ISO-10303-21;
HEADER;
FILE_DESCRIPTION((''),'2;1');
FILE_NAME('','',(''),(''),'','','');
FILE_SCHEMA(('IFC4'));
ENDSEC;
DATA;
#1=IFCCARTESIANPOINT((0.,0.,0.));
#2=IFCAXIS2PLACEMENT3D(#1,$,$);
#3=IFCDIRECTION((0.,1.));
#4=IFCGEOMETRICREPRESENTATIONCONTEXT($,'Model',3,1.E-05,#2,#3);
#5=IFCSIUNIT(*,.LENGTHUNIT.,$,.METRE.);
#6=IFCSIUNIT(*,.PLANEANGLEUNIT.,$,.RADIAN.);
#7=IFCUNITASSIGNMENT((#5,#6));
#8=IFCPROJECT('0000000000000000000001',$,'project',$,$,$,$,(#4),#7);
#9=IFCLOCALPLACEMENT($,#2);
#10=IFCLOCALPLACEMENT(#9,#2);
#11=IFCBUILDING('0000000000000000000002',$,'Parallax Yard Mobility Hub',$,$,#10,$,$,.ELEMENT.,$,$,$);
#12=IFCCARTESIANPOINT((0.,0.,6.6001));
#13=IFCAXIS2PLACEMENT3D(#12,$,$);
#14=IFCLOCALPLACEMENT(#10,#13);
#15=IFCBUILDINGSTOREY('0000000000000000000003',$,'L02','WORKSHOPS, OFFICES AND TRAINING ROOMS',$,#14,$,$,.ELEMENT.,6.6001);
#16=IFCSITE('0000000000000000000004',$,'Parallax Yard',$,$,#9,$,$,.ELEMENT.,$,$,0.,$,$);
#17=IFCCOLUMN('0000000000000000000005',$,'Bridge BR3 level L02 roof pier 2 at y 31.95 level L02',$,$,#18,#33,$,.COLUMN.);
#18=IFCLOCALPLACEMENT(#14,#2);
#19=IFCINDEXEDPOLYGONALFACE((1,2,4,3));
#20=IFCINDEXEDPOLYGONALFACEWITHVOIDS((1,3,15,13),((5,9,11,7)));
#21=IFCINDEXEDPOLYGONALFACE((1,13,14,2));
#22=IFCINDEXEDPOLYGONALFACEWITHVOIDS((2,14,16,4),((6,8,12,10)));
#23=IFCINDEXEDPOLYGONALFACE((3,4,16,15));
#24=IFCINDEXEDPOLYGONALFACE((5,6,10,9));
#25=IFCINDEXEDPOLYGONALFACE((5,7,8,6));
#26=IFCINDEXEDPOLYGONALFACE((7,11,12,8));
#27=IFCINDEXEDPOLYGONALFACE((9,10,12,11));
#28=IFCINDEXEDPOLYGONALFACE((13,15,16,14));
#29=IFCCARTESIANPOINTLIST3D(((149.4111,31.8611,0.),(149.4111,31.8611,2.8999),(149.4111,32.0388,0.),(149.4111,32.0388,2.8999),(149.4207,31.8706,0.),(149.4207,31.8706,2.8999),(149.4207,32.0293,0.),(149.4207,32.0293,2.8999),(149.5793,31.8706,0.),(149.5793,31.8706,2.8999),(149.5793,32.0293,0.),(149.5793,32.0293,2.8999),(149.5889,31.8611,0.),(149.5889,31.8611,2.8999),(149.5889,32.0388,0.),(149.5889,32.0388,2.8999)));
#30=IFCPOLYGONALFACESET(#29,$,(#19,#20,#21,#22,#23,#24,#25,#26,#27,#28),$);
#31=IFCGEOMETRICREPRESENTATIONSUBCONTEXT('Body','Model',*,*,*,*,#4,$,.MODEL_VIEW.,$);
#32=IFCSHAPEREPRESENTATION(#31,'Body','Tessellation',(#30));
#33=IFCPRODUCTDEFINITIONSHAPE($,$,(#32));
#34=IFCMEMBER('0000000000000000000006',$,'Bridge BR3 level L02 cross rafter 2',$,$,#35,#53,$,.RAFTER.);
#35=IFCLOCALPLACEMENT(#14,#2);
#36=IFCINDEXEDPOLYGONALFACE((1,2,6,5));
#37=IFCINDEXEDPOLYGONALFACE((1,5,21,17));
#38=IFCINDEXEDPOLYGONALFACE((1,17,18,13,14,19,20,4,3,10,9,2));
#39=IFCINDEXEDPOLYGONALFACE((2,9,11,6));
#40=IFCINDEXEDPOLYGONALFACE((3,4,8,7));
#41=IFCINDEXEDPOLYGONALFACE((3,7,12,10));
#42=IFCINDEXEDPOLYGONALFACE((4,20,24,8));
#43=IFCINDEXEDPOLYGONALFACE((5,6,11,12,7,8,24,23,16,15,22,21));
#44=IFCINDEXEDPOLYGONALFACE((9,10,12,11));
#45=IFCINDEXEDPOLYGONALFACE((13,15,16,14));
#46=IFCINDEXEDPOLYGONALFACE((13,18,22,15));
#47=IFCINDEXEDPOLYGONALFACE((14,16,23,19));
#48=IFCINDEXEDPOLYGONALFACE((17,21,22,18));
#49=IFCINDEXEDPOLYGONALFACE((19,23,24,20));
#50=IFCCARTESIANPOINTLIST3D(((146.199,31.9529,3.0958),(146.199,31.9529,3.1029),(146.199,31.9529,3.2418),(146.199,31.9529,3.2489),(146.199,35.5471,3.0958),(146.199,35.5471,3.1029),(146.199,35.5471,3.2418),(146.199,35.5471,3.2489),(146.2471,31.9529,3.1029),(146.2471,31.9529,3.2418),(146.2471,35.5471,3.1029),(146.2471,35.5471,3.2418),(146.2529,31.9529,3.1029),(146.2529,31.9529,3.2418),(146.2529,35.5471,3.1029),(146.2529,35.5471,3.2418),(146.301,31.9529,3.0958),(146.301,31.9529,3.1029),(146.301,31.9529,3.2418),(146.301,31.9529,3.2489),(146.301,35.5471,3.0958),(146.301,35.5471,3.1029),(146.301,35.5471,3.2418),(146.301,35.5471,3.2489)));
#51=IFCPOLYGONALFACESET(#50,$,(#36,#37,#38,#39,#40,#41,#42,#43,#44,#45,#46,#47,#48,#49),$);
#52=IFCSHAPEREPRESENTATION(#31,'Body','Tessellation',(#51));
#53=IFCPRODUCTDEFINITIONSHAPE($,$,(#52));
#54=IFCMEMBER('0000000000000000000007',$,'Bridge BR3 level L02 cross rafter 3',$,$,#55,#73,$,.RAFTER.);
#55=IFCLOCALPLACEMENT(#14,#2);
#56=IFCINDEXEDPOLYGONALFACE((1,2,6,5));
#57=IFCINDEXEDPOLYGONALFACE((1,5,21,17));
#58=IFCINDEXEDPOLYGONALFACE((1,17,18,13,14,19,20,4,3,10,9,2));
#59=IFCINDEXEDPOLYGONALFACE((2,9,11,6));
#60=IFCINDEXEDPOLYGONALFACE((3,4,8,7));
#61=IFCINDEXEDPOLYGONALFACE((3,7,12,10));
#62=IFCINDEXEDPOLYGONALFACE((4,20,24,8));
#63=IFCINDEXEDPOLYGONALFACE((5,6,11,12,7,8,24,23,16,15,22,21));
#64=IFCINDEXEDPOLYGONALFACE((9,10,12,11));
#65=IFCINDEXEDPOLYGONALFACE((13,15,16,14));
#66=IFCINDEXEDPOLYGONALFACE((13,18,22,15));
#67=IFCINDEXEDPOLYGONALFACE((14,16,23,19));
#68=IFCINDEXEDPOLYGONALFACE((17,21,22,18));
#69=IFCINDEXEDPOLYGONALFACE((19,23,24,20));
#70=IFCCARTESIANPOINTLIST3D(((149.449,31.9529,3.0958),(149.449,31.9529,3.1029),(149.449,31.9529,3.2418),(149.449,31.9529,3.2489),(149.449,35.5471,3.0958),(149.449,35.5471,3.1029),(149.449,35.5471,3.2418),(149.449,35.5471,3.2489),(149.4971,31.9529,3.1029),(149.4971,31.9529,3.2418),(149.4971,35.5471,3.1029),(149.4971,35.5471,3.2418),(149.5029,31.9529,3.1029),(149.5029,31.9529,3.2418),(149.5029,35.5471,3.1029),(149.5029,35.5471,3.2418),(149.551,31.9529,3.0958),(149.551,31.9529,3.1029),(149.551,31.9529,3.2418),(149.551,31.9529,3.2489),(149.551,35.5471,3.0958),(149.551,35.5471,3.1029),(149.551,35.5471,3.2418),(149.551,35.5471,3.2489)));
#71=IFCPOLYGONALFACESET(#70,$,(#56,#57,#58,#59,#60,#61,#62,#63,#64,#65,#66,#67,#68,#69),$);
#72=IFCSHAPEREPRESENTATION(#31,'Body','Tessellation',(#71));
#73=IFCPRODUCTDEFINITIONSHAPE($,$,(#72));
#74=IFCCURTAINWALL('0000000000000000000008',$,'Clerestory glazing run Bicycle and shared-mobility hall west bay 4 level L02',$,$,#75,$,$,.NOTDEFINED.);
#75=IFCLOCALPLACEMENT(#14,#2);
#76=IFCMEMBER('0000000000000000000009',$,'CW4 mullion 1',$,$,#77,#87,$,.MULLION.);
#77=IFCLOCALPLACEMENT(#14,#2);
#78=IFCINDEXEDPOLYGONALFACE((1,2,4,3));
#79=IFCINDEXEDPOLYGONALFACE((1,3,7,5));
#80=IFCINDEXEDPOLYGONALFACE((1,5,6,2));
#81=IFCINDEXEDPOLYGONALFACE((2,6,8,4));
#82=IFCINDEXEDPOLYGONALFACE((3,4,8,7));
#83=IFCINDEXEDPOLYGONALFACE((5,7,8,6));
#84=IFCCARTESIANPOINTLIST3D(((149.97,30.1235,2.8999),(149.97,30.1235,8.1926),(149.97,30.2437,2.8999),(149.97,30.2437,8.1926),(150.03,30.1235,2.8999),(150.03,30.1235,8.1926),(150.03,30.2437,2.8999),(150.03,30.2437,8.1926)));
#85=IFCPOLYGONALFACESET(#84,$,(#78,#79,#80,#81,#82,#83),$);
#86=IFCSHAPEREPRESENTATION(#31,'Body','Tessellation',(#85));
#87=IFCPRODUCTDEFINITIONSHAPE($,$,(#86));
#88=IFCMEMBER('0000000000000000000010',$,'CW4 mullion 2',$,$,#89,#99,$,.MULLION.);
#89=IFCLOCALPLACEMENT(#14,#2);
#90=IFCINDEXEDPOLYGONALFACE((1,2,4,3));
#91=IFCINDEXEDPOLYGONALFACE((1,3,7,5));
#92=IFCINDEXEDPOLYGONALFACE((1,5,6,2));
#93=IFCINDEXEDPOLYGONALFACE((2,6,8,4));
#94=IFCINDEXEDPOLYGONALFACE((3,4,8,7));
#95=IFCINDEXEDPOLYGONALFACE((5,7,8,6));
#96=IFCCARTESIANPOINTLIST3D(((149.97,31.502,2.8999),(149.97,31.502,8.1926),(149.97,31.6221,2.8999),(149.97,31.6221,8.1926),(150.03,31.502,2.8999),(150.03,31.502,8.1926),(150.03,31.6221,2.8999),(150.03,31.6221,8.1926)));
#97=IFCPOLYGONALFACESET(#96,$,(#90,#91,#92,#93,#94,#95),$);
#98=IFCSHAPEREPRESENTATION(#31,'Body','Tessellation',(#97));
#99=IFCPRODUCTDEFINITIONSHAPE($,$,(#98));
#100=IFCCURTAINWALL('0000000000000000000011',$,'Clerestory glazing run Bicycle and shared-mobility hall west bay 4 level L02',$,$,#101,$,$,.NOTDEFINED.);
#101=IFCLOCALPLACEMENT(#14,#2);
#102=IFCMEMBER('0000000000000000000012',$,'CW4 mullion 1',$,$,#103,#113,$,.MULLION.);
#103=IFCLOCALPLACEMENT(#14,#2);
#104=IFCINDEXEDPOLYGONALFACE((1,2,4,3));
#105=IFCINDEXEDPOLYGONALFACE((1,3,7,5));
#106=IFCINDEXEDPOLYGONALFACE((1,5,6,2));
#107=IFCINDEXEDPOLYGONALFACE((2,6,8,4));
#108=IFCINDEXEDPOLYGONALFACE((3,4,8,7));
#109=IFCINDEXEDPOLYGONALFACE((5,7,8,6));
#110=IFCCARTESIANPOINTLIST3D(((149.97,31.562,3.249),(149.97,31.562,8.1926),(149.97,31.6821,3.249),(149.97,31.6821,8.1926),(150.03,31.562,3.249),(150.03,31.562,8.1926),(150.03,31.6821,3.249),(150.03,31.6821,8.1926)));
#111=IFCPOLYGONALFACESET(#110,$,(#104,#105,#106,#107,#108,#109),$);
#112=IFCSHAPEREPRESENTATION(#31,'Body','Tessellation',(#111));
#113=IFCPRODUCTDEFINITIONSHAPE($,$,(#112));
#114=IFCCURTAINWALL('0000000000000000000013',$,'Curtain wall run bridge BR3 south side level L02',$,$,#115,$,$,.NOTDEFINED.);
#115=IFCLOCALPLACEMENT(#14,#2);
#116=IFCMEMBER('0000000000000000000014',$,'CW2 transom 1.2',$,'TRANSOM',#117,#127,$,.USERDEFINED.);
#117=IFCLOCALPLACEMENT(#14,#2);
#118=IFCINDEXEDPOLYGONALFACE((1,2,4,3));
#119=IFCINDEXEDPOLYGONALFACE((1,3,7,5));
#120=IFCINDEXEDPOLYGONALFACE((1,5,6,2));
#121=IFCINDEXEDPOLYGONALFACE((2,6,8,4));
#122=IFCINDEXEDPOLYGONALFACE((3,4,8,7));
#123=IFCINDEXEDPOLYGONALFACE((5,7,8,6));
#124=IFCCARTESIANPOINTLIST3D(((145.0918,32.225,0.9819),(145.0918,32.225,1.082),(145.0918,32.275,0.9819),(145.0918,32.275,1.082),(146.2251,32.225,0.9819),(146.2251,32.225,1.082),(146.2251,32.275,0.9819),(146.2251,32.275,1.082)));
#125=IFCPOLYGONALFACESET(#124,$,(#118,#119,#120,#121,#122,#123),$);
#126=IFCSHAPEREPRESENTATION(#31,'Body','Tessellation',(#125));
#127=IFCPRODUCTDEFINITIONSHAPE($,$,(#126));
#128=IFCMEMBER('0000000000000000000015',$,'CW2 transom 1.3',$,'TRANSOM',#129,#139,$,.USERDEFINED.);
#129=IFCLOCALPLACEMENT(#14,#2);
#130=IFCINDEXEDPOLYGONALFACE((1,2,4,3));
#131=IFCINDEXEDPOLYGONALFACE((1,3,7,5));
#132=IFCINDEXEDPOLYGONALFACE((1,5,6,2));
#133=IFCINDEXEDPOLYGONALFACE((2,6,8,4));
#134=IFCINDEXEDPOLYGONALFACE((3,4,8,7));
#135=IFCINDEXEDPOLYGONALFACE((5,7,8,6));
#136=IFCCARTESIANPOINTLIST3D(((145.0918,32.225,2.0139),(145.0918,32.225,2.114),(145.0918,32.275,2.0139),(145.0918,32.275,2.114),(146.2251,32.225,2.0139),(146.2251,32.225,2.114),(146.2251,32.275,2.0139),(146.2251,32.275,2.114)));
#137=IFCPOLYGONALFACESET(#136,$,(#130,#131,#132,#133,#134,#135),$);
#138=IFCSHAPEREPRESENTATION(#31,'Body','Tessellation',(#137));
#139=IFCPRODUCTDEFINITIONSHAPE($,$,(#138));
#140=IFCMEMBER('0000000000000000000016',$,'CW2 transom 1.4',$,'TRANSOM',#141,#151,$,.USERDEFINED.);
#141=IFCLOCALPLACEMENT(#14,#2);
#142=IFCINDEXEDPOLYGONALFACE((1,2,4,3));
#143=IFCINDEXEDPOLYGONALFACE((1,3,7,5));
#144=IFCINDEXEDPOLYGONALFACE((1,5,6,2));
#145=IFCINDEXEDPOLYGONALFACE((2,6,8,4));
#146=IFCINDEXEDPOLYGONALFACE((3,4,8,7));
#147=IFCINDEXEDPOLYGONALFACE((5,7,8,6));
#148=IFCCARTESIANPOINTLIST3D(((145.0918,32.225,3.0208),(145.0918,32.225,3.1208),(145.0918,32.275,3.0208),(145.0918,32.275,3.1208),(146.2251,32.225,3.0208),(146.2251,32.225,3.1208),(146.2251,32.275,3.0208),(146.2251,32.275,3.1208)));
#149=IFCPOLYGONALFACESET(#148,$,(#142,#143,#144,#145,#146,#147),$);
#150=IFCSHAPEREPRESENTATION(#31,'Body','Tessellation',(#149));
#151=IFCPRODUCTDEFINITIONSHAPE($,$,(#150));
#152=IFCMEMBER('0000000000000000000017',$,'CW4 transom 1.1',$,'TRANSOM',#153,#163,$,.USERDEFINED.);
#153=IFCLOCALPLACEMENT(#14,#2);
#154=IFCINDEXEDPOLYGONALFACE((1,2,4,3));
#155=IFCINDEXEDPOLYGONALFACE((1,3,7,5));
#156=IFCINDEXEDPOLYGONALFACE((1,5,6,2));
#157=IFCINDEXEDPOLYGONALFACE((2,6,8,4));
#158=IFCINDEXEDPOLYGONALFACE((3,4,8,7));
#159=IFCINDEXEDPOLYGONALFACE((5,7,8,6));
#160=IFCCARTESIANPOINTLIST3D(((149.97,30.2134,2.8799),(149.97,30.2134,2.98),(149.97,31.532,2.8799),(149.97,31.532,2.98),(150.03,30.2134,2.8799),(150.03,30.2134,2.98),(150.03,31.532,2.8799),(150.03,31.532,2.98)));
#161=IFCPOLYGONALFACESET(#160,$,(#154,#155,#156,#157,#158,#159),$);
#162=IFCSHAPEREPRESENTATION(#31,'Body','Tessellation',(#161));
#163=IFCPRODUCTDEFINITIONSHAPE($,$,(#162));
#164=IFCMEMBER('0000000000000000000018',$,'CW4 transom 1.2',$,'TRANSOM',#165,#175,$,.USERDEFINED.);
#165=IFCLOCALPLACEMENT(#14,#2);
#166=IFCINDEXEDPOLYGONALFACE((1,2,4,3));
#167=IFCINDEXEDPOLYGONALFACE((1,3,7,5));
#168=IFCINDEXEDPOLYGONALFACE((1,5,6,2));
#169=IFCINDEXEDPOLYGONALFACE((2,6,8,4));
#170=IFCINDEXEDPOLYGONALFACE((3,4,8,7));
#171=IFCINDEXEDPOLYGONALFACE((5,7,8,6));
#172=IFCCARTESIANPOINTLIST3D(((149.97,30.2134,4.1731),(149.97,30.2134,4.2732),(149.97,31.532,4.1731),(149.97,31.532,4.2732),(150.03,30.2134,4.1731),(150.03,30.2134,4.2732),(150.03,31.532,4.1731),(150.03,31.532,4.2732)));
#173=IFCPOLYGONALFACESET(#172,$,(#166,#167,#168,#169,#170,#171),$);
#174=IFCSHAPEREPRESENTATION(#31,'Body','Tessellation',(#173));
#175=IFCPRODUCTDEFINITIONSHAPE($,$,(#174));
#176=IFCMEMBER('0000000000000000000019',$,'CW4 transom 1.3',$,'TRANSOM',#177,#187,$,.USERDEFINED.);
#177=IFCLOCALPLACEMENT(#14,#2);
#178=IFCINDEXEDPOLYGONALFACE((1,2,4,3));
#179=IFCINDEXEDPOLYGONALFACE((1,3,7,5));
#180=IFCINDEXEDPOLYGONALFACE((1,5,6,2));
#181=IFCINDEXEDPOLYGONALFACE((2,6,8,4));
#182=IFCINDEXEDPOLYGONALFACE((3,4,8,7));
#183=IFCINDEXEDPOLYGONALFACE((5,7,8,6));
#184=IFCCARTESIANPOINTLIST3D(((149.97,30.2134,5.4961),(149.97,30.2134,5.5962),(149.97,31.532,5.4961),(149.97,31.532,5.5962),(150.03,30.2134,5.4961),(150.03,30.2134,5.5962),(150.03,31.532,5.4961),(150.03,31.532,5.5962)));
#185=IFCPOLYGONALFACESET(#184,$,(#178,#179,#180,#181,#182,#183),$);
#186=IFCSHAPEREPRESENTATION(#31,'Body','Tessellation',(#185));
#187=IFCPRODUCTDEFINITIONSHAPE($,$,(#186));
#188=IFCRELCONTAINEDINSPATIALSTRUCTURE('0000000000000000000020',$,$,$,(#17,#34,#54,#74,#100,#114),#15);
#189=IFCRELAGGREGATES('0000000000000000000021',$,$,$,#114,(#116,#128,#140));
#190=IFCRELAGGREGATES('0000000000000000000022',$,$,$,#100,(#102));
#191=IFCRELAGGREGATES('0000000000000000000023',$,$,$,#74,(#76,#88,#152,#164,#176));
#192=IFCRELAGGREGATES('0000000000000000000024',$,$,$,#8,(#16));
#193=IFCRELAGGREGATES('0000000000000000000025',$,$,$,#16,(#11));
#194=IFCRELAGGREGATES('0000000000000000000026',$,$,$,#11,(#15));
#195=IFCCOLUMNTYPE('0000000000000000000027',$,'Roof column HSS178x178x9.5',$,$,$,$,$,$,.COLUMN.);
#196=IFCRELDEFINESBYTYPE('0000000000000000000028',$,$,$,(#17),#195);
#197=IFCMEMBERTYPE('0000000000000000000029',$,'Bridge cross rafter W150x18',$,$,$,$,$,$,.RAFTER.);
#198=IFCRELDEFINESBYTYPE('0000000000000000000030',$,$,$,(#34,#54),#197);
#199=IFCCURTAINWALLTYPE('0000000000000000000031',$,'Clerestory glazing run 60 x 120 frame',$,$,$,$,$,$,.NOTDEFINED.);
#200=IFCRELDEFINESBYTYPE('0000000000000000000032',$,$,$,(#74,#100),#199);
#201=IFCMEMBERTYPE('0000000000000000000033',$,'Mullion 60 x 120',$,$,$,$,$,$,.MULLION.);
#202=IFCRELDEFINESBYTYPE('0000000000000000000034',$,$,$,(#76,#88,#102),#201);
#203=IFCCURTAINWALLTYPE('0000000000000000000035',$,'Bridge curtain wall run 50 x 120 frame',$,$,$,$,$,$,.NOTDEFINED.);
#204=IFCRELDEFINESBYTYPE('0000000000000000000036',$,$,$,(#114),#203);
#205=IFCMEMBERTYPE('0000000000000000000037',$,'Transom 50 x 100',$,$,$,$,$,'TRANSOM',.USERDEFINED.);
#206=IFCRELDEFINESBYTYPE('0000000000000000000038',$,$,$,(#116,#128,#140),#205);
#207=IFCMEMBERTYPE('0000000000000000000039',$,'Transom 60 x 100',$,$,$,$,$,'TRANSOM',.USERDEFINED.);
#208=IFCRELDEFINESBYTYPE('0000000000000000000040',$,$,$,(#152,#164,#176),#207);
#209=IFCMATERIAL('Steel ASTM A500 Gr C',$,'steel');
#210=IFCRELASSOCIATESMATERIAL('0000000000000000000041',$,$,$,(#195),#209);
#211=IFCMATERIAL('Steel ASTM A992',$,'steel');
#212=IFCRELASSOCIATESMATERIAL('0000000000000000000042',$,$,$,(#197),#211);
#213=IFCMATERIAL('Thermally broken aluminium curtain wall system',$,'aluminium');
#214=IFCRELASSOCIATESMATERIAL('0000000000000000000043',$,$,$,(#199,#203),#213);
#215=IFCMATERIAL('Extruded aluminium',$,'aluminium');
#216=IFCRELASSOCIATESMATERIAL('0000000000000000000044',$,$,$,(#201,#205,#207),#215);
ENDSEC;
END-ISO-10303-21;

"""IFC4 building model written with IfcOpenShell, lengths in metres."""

from ifc_helpers import new_model, si_unit, direction, frame, origin, origin_2d, place, context, subcontext, project, spatial, rectangle, hollow_rectangle, i_section, extrude, material, material_profile, profile_set, type_object, element, aggregate, save


model = new_model("IFC4")

# Units and contexts
model_context = context("Model", 3, precision=1e-05, world=origin(), true_north=direction((0.0, 1.0)))
body_context = subcontext(model_context, "Body", "Model", "MODEL_VIEW")
ifc_project = project(units=[si_unit("LENGTHUNIT", "METRE"), si_unit("PLANEANGLEUNIT", "RADIAN")], contexts=[model_context])

# Site, building, storey
site_placement = place(None, origin())
site = spatial("IfcSite", under=ifc_project, at=site_placement, Name="Parallax Yard", CompositionType="ELEMENT", RefElevation=0.0)
building_placement = place(site_placement, origin())
building = spatial("IfcBuilding", under=site, at=building_placement, Name="Parallax Yard Mobility Hub", CompositionType="ELEMENT")
storey_placement = place(building_placement, frame((0.0, 0.0, 6.6001)))
storey = spatial("IfcBuildingStorey", under=building, at=storey_placement, Name="L02", Description="WORKSHOPS, OFFICES AND TRAINING ROOMS", CompositionType="ELEMENT", Elevation=6.6001)

# Column
ifc_material_1 = material(Name="Steel ASTM A500 Gr C", Category="steel")
ifc_material_profile_1 = material_profile(ifc_material_1, hollow_rectangle(XDim=0.1777, YDim=0.1777, WallThickness=0.0095, at=origin_2d()), Name="HSS178x178x9.5")
ifc_profile_set_1 = profile_set([ifc_material_profile_1], Name="Steel ASTM A500 Gr C")
column_type = type_object("IfcColumnType", Name="Roof column HSS178x178x9.5", PredefinedType="COLUMN", material=ifc_profile_set_1)
column_placement = place(storey_placement, frame((149.5, 31.95, 0.0), z_axis=(0.0, 0.0, 1.0), x_axis=(1.0, 0.0, 0.0)))
element("IfcColumn", 1, at=column_placement, inside=storey, type_object=column_type, Name="Bridge BR3 level L02 roof pier 2 at y 31.95 level L02", PredefinedType="COLUMN", context=body_context, shape_type="SweptSolid", body=[
    extrude(hollow_rectangle(XDim=0.1777, YDim=0.1777, WallThickness=0.0095, at=origin_2d()), origin(), (0.0, 0.0, 1.0), 2.8999),
])

# Members
ifc_material_2 = material(Name="Steel ASTM A992", Category="steel")
ifc_material_profile_2 = material_profile(ifc_material_2, i_section(OverallWidth=0.1021, OverallDepth=0.1531, WebThickness=0.0059, FlangeThickness=0.0071, at=origin_2d()), Name="W150x18")
ifc_profile_set_2 = profile_set([ifc_material_profile_2], Name="Steel ASTM A992")
member_type_1 = type_object("IfcMemberType", Name="Bridge cross rafter W150x18", PredefinedType="RAFTER", material=ifc_profile_set_2)
for number, where, z_axis, x_axis, name in (
    (2, (146.25, 31.9529, 3.1724), (0.0, 1.0, 0.0), (-1.0, 0.0, 0.0), "Bridge BR3 level L02 cross rafter 2"),
    (3, (149.5, 31.9529, 3.1724), (0.0, 1.0, 0.0), (-1.0, 0.0, 0.0), "Bridge BR3 level L02 cross rafter 3"),
):
    element("IfcMember", number, at=place(storey_placement, frame(where, z_axis=z_axis, x_axis=x_axis)), inside=storey, type_object=member_type_1, Name=name, PredefinedType="RAFTER", context=body_context, shape_type="SweptSolid", body=[
        extrude(i_section(OverallWidth=0.1021, OverallDepth=0.1531, WebThickness=0.0059, FlangeThickness=0.0071, at=origin_2d()), origin(), (0.0, 0.0, 1.0), 3.5942),
    ])

# Curtain wall, members
ifc_material_3 = material(Name="Thermally broken aluminium curtain wall system", Category="aluminium")
curtain_wall_type_1 = type_object("IfcCurtainWallType", Name="Clerestory glazing run 60 x 120 frame", PredefinedType="NOTDEFINED", material=ifc_material_3)
curtain_wall_1_placement = place(storey_placement, origin())
curtain_wall_1 = element("IfcCurtainWall", 4, at=curtain_wall_1_placement, inside=storey, type_object=curtain_wall_type_1, Name="Clerestory glazing run Bicycle and shared-mobility hall west bay 4 level L02", PredefinedType="NOTDEFINED")
ifc_material_4 = material(Name="Extruded aluminium", Category="aluminium")
ifc_material_profile_3 = material_profile(ifc_material_4, rectangle(XDim=0.0601, YDim=0.1201, at=origin_2d()), Name="Mullion 60 x 120")
ifc_profile_set_3 = profile_set([ifc_material_profile_3], Name="Extruded aluminium")
member_type_2 = type_object("IfcMemberType", Name="Mullion 60 x 120", PredefinedType="MULLION", material=ifc_profile_set_3)
member_1_placement = place(storey_placement, frame((150.0, 30.1836, 2.8999), z_axis=(0.0, 0.0, 1.0), x_axis=(-1.0, 0.0, 0.0)))
member_1 = element("IfcMember", 5, at=member_1_placement, type_object=member_type_2, Name="CW4 mullion 1", PredefinedType="MULLION", context=body_context, shape_type="SweptSolid", body=[
    extrude(rectangle(XDim=0.0601, YDim=0.1201, at=origin_2d()), origin(), (0.0, 0.0, 1.0), 5.2927),
])
member_2_placement = place(storey_placement, frame((150.0, 31.562, 2.8999), z_axis=(0.0, 0.0, 1.0), x_axis=(-1.0, 0.0, 0.0)))
member_2 = element("IfcMember", 6, at=member_2_placement, type_object=member_type_2, Name="CW4 mullion 2", PredefinedType="MULLION", context=body_context, shape_type="SweptSolid", body=[
    extrude(rectangle(XDim=0.0601, YDim=0.1201, at=origin_2d()), origin(), (0.0, 0.0, 1.0), 5.2927),
])

# Curtain wall, member
curtain_wall_2_placement = place(storey_placement, origin())
curtain_wall_2 = element("IfcCurtainWall", 7, at=curtain_wall_2_placement, inside=storey, type_object=curtain_wall_type_1, Name="Clerestory glazing run Bicycle and shared-mobility hall west bay 4 level L02", PredefinedType="NOTDEFINED")
member_3_placement = place(storey_placement, frame((150.0, 31.6221, 3.249), z_axis=(0.0, 0.0, 1.0), x_axis=(-1.0, 0.0, 0.0)))
member_3 = element("IfcMember", 8, at=member_3_placement, type_object=member_type_2, Name="CW4 mullion 1", PredefinedType="MULLION", context=body_context, shape_type="SweptSolid", body=[
    extrude(rectangle(XDim=0.0601, YDim=0.1201, at=origin_2d()), origin(), (0.0, 0.0, 1.0), 4.9436),
])

# Curtain wall, members
curtain_wall_type_2 = type_object("IfcCurtainWallType", Name="Bridge curtain wall run 50 x 120 frame", PredefinedType="NOTDEFINED", material=ifc_material_3)
curtain_wall_3_placement = place(storey_placement, origin())
curtain_wall_3 = element("IfcCurtainWall", 9, at=curtain_wall_3_placement, inside=storey, type_object=curtain_wall_type_2, Name="Curtain wall run bridge BR3 south side level L02", PredefinedType="NOTDEFINED")
ifc_material_profile_4 = material_profile(ifc_material_4, rectangle(XDim=0.05, YDim=0.1001, at=origin_2d()), Name="Transom 50 x 100")
ifc_profile_set_4 = profile_set([ifc_material_profile_4], Name="Extruded aluminium")
member_type_3 = type_object("IfcMemberType", Name="Transom 50 x 100", ElementType="TRANSOM", PredefinedType="USERDEFINED", material=ifc_profile_set_4)
member_4_placement = place(storey_placement, frame((145.0918, 32.25, 1.032), z_axis=(1.0, 0.0, 0.0), x_axis=(0.0, 1.0, 0.0)))
member_4 = element("IfcMember", 10, at=member_4_placement, type_object=member_type_3, Name="CW2 transom 1.2", ObjectType="TRANSOM", PredefinedType="USERDEFINED", context=body_context, shape_type="SweptSolid", body=[
    extrude(rectangle(XDim=0.05, YDim=0.1001, at=origin_2d()), origin(), (0.0, 0.0, 1.0), 1.1333),
])
member_5_placement = place(storey_placement, frame((145.0918, 32.25, 2.064), z_axis=(1.0, 0.0, 0.0), x_axis=(0.0, 1.0, 0.0)))
member_5 = element("IfcMember", 11, at=member_5_placement, type_object=member_type_3, Name="CW2 transom 1.3", ObjectType="TRANSOM", PredefinedType="USERDEFINED", context=body_context, shape_type="SweptSolid", body=[
    extrude(rectangle(XDim=0.05, YDim=0.1001, at=origin_2d()), origin(), (0.0, 0.0, 1.0), 1.1333),
])
member_6_placement = place(storey_placement, frame((145.0918, 32.25, 3.0708), z_axis=(1.0, 0.0, 0.0), x_axis=(0.0, 1.0, 0.0)))
member_6 = element("IfcMember", 12, at=member_6_placement, type_object=member_type_3, Name="CW2 transom 1.4", ObjectType="TRANSOM", PredefinedType="USERDEFINED", context=body_context, shape_type="SweptSolid", body=[
    extrude(rectangle(XDim=0.05, YDim=0.1001, at=origin_2d()), origin(), (0.0, 0.0, 1.0), 1.1333),
])
aggregate(curtain_wall_3, [member_4, member_5, member_6])

# Members
ifc_material_profile_5 = material_profile(ifc_material_4, rectangle(XDim=0.0601, YDim=0.1001, at=origin_2d()), Name="Transom 60 x 100")
ifc_profile_set_5 = profile_set([ifc_material_profile_5], Name="Extruded aluminium")
member_type_4 = type_object("IfcMemberType", Name="Transom 60 x 100", ElementType="TRANSOM", PredefinedType="USERDEFINED", material=ifc_profile_set_5)
member_7_placement = place(storey_placement, frame((150.0, 30.2134, 2.9299), z_axis=(0.0, 1.0, 0.0), x_axis=(-1.0, 0.0, 0.0)))
member_7 = element("IfcMember", 13, at=member_7_placement, type_object=member_type_4, Name="CW4 transom 1.1", ObjectType="TRANSOM", PredefinedType="USERDEFINED", context=body_context, shape_type="SweptSolid", body=[
    extrude(rectangle(XDim=0.0601, YDim=0.1001, at=origin_2d()), origin(), (0.0, 0.0, 1.0), 1.3186),
])
member_8_placement = place(storey_placement, frame((150.0, 30.2134, 4.2231), z_axis=(0.0, 1.0, 0.0), x_axis=(-1.0, 0.0, 0.0)))
member_8 = element("IfcMember", 14, at=member_8_placement, type_object=member_type_4, Name="CW4 transom 1.2", ObjectType="TRANSOM", PredefinedType="USERDEFINED", context=body_context, shape_type="SweptSolid", body=[
    extrude(rectangle(XDim=0.0601, YDim=0.1001, at=origin_2d()), origin(), (0.0, 0.0, 1.0), 1.3186),
])
member_9_placement = place(storey_placement, frame((150.0, 30.2134, 5.5461), z_axis=(0.0, 1.0, 0.0), x_axis=(-1.0, 0.0, 0.0)))
member_9 = element("IfcMember", 15, at=member_9_placement, type_object=member_type_4, Name="CW4 transom 1.3", ObjectType="TRANSOM", PredefinedType="USERDEFINED", context=body_context, shape_type="SweptSolid", body=[
    extrude(rectangle(XDim=0.0601, YDim=0.1001, at=origin_2d()), origin(), (0.0, 0.0, 1.0), 1.3186),
])
aggregate(curtain_wall_2, [member_3])

aggregate(curtain_wall_1, [member_1, member_2, member_7, member_8, member_9])

save(model, "model.ifc")
